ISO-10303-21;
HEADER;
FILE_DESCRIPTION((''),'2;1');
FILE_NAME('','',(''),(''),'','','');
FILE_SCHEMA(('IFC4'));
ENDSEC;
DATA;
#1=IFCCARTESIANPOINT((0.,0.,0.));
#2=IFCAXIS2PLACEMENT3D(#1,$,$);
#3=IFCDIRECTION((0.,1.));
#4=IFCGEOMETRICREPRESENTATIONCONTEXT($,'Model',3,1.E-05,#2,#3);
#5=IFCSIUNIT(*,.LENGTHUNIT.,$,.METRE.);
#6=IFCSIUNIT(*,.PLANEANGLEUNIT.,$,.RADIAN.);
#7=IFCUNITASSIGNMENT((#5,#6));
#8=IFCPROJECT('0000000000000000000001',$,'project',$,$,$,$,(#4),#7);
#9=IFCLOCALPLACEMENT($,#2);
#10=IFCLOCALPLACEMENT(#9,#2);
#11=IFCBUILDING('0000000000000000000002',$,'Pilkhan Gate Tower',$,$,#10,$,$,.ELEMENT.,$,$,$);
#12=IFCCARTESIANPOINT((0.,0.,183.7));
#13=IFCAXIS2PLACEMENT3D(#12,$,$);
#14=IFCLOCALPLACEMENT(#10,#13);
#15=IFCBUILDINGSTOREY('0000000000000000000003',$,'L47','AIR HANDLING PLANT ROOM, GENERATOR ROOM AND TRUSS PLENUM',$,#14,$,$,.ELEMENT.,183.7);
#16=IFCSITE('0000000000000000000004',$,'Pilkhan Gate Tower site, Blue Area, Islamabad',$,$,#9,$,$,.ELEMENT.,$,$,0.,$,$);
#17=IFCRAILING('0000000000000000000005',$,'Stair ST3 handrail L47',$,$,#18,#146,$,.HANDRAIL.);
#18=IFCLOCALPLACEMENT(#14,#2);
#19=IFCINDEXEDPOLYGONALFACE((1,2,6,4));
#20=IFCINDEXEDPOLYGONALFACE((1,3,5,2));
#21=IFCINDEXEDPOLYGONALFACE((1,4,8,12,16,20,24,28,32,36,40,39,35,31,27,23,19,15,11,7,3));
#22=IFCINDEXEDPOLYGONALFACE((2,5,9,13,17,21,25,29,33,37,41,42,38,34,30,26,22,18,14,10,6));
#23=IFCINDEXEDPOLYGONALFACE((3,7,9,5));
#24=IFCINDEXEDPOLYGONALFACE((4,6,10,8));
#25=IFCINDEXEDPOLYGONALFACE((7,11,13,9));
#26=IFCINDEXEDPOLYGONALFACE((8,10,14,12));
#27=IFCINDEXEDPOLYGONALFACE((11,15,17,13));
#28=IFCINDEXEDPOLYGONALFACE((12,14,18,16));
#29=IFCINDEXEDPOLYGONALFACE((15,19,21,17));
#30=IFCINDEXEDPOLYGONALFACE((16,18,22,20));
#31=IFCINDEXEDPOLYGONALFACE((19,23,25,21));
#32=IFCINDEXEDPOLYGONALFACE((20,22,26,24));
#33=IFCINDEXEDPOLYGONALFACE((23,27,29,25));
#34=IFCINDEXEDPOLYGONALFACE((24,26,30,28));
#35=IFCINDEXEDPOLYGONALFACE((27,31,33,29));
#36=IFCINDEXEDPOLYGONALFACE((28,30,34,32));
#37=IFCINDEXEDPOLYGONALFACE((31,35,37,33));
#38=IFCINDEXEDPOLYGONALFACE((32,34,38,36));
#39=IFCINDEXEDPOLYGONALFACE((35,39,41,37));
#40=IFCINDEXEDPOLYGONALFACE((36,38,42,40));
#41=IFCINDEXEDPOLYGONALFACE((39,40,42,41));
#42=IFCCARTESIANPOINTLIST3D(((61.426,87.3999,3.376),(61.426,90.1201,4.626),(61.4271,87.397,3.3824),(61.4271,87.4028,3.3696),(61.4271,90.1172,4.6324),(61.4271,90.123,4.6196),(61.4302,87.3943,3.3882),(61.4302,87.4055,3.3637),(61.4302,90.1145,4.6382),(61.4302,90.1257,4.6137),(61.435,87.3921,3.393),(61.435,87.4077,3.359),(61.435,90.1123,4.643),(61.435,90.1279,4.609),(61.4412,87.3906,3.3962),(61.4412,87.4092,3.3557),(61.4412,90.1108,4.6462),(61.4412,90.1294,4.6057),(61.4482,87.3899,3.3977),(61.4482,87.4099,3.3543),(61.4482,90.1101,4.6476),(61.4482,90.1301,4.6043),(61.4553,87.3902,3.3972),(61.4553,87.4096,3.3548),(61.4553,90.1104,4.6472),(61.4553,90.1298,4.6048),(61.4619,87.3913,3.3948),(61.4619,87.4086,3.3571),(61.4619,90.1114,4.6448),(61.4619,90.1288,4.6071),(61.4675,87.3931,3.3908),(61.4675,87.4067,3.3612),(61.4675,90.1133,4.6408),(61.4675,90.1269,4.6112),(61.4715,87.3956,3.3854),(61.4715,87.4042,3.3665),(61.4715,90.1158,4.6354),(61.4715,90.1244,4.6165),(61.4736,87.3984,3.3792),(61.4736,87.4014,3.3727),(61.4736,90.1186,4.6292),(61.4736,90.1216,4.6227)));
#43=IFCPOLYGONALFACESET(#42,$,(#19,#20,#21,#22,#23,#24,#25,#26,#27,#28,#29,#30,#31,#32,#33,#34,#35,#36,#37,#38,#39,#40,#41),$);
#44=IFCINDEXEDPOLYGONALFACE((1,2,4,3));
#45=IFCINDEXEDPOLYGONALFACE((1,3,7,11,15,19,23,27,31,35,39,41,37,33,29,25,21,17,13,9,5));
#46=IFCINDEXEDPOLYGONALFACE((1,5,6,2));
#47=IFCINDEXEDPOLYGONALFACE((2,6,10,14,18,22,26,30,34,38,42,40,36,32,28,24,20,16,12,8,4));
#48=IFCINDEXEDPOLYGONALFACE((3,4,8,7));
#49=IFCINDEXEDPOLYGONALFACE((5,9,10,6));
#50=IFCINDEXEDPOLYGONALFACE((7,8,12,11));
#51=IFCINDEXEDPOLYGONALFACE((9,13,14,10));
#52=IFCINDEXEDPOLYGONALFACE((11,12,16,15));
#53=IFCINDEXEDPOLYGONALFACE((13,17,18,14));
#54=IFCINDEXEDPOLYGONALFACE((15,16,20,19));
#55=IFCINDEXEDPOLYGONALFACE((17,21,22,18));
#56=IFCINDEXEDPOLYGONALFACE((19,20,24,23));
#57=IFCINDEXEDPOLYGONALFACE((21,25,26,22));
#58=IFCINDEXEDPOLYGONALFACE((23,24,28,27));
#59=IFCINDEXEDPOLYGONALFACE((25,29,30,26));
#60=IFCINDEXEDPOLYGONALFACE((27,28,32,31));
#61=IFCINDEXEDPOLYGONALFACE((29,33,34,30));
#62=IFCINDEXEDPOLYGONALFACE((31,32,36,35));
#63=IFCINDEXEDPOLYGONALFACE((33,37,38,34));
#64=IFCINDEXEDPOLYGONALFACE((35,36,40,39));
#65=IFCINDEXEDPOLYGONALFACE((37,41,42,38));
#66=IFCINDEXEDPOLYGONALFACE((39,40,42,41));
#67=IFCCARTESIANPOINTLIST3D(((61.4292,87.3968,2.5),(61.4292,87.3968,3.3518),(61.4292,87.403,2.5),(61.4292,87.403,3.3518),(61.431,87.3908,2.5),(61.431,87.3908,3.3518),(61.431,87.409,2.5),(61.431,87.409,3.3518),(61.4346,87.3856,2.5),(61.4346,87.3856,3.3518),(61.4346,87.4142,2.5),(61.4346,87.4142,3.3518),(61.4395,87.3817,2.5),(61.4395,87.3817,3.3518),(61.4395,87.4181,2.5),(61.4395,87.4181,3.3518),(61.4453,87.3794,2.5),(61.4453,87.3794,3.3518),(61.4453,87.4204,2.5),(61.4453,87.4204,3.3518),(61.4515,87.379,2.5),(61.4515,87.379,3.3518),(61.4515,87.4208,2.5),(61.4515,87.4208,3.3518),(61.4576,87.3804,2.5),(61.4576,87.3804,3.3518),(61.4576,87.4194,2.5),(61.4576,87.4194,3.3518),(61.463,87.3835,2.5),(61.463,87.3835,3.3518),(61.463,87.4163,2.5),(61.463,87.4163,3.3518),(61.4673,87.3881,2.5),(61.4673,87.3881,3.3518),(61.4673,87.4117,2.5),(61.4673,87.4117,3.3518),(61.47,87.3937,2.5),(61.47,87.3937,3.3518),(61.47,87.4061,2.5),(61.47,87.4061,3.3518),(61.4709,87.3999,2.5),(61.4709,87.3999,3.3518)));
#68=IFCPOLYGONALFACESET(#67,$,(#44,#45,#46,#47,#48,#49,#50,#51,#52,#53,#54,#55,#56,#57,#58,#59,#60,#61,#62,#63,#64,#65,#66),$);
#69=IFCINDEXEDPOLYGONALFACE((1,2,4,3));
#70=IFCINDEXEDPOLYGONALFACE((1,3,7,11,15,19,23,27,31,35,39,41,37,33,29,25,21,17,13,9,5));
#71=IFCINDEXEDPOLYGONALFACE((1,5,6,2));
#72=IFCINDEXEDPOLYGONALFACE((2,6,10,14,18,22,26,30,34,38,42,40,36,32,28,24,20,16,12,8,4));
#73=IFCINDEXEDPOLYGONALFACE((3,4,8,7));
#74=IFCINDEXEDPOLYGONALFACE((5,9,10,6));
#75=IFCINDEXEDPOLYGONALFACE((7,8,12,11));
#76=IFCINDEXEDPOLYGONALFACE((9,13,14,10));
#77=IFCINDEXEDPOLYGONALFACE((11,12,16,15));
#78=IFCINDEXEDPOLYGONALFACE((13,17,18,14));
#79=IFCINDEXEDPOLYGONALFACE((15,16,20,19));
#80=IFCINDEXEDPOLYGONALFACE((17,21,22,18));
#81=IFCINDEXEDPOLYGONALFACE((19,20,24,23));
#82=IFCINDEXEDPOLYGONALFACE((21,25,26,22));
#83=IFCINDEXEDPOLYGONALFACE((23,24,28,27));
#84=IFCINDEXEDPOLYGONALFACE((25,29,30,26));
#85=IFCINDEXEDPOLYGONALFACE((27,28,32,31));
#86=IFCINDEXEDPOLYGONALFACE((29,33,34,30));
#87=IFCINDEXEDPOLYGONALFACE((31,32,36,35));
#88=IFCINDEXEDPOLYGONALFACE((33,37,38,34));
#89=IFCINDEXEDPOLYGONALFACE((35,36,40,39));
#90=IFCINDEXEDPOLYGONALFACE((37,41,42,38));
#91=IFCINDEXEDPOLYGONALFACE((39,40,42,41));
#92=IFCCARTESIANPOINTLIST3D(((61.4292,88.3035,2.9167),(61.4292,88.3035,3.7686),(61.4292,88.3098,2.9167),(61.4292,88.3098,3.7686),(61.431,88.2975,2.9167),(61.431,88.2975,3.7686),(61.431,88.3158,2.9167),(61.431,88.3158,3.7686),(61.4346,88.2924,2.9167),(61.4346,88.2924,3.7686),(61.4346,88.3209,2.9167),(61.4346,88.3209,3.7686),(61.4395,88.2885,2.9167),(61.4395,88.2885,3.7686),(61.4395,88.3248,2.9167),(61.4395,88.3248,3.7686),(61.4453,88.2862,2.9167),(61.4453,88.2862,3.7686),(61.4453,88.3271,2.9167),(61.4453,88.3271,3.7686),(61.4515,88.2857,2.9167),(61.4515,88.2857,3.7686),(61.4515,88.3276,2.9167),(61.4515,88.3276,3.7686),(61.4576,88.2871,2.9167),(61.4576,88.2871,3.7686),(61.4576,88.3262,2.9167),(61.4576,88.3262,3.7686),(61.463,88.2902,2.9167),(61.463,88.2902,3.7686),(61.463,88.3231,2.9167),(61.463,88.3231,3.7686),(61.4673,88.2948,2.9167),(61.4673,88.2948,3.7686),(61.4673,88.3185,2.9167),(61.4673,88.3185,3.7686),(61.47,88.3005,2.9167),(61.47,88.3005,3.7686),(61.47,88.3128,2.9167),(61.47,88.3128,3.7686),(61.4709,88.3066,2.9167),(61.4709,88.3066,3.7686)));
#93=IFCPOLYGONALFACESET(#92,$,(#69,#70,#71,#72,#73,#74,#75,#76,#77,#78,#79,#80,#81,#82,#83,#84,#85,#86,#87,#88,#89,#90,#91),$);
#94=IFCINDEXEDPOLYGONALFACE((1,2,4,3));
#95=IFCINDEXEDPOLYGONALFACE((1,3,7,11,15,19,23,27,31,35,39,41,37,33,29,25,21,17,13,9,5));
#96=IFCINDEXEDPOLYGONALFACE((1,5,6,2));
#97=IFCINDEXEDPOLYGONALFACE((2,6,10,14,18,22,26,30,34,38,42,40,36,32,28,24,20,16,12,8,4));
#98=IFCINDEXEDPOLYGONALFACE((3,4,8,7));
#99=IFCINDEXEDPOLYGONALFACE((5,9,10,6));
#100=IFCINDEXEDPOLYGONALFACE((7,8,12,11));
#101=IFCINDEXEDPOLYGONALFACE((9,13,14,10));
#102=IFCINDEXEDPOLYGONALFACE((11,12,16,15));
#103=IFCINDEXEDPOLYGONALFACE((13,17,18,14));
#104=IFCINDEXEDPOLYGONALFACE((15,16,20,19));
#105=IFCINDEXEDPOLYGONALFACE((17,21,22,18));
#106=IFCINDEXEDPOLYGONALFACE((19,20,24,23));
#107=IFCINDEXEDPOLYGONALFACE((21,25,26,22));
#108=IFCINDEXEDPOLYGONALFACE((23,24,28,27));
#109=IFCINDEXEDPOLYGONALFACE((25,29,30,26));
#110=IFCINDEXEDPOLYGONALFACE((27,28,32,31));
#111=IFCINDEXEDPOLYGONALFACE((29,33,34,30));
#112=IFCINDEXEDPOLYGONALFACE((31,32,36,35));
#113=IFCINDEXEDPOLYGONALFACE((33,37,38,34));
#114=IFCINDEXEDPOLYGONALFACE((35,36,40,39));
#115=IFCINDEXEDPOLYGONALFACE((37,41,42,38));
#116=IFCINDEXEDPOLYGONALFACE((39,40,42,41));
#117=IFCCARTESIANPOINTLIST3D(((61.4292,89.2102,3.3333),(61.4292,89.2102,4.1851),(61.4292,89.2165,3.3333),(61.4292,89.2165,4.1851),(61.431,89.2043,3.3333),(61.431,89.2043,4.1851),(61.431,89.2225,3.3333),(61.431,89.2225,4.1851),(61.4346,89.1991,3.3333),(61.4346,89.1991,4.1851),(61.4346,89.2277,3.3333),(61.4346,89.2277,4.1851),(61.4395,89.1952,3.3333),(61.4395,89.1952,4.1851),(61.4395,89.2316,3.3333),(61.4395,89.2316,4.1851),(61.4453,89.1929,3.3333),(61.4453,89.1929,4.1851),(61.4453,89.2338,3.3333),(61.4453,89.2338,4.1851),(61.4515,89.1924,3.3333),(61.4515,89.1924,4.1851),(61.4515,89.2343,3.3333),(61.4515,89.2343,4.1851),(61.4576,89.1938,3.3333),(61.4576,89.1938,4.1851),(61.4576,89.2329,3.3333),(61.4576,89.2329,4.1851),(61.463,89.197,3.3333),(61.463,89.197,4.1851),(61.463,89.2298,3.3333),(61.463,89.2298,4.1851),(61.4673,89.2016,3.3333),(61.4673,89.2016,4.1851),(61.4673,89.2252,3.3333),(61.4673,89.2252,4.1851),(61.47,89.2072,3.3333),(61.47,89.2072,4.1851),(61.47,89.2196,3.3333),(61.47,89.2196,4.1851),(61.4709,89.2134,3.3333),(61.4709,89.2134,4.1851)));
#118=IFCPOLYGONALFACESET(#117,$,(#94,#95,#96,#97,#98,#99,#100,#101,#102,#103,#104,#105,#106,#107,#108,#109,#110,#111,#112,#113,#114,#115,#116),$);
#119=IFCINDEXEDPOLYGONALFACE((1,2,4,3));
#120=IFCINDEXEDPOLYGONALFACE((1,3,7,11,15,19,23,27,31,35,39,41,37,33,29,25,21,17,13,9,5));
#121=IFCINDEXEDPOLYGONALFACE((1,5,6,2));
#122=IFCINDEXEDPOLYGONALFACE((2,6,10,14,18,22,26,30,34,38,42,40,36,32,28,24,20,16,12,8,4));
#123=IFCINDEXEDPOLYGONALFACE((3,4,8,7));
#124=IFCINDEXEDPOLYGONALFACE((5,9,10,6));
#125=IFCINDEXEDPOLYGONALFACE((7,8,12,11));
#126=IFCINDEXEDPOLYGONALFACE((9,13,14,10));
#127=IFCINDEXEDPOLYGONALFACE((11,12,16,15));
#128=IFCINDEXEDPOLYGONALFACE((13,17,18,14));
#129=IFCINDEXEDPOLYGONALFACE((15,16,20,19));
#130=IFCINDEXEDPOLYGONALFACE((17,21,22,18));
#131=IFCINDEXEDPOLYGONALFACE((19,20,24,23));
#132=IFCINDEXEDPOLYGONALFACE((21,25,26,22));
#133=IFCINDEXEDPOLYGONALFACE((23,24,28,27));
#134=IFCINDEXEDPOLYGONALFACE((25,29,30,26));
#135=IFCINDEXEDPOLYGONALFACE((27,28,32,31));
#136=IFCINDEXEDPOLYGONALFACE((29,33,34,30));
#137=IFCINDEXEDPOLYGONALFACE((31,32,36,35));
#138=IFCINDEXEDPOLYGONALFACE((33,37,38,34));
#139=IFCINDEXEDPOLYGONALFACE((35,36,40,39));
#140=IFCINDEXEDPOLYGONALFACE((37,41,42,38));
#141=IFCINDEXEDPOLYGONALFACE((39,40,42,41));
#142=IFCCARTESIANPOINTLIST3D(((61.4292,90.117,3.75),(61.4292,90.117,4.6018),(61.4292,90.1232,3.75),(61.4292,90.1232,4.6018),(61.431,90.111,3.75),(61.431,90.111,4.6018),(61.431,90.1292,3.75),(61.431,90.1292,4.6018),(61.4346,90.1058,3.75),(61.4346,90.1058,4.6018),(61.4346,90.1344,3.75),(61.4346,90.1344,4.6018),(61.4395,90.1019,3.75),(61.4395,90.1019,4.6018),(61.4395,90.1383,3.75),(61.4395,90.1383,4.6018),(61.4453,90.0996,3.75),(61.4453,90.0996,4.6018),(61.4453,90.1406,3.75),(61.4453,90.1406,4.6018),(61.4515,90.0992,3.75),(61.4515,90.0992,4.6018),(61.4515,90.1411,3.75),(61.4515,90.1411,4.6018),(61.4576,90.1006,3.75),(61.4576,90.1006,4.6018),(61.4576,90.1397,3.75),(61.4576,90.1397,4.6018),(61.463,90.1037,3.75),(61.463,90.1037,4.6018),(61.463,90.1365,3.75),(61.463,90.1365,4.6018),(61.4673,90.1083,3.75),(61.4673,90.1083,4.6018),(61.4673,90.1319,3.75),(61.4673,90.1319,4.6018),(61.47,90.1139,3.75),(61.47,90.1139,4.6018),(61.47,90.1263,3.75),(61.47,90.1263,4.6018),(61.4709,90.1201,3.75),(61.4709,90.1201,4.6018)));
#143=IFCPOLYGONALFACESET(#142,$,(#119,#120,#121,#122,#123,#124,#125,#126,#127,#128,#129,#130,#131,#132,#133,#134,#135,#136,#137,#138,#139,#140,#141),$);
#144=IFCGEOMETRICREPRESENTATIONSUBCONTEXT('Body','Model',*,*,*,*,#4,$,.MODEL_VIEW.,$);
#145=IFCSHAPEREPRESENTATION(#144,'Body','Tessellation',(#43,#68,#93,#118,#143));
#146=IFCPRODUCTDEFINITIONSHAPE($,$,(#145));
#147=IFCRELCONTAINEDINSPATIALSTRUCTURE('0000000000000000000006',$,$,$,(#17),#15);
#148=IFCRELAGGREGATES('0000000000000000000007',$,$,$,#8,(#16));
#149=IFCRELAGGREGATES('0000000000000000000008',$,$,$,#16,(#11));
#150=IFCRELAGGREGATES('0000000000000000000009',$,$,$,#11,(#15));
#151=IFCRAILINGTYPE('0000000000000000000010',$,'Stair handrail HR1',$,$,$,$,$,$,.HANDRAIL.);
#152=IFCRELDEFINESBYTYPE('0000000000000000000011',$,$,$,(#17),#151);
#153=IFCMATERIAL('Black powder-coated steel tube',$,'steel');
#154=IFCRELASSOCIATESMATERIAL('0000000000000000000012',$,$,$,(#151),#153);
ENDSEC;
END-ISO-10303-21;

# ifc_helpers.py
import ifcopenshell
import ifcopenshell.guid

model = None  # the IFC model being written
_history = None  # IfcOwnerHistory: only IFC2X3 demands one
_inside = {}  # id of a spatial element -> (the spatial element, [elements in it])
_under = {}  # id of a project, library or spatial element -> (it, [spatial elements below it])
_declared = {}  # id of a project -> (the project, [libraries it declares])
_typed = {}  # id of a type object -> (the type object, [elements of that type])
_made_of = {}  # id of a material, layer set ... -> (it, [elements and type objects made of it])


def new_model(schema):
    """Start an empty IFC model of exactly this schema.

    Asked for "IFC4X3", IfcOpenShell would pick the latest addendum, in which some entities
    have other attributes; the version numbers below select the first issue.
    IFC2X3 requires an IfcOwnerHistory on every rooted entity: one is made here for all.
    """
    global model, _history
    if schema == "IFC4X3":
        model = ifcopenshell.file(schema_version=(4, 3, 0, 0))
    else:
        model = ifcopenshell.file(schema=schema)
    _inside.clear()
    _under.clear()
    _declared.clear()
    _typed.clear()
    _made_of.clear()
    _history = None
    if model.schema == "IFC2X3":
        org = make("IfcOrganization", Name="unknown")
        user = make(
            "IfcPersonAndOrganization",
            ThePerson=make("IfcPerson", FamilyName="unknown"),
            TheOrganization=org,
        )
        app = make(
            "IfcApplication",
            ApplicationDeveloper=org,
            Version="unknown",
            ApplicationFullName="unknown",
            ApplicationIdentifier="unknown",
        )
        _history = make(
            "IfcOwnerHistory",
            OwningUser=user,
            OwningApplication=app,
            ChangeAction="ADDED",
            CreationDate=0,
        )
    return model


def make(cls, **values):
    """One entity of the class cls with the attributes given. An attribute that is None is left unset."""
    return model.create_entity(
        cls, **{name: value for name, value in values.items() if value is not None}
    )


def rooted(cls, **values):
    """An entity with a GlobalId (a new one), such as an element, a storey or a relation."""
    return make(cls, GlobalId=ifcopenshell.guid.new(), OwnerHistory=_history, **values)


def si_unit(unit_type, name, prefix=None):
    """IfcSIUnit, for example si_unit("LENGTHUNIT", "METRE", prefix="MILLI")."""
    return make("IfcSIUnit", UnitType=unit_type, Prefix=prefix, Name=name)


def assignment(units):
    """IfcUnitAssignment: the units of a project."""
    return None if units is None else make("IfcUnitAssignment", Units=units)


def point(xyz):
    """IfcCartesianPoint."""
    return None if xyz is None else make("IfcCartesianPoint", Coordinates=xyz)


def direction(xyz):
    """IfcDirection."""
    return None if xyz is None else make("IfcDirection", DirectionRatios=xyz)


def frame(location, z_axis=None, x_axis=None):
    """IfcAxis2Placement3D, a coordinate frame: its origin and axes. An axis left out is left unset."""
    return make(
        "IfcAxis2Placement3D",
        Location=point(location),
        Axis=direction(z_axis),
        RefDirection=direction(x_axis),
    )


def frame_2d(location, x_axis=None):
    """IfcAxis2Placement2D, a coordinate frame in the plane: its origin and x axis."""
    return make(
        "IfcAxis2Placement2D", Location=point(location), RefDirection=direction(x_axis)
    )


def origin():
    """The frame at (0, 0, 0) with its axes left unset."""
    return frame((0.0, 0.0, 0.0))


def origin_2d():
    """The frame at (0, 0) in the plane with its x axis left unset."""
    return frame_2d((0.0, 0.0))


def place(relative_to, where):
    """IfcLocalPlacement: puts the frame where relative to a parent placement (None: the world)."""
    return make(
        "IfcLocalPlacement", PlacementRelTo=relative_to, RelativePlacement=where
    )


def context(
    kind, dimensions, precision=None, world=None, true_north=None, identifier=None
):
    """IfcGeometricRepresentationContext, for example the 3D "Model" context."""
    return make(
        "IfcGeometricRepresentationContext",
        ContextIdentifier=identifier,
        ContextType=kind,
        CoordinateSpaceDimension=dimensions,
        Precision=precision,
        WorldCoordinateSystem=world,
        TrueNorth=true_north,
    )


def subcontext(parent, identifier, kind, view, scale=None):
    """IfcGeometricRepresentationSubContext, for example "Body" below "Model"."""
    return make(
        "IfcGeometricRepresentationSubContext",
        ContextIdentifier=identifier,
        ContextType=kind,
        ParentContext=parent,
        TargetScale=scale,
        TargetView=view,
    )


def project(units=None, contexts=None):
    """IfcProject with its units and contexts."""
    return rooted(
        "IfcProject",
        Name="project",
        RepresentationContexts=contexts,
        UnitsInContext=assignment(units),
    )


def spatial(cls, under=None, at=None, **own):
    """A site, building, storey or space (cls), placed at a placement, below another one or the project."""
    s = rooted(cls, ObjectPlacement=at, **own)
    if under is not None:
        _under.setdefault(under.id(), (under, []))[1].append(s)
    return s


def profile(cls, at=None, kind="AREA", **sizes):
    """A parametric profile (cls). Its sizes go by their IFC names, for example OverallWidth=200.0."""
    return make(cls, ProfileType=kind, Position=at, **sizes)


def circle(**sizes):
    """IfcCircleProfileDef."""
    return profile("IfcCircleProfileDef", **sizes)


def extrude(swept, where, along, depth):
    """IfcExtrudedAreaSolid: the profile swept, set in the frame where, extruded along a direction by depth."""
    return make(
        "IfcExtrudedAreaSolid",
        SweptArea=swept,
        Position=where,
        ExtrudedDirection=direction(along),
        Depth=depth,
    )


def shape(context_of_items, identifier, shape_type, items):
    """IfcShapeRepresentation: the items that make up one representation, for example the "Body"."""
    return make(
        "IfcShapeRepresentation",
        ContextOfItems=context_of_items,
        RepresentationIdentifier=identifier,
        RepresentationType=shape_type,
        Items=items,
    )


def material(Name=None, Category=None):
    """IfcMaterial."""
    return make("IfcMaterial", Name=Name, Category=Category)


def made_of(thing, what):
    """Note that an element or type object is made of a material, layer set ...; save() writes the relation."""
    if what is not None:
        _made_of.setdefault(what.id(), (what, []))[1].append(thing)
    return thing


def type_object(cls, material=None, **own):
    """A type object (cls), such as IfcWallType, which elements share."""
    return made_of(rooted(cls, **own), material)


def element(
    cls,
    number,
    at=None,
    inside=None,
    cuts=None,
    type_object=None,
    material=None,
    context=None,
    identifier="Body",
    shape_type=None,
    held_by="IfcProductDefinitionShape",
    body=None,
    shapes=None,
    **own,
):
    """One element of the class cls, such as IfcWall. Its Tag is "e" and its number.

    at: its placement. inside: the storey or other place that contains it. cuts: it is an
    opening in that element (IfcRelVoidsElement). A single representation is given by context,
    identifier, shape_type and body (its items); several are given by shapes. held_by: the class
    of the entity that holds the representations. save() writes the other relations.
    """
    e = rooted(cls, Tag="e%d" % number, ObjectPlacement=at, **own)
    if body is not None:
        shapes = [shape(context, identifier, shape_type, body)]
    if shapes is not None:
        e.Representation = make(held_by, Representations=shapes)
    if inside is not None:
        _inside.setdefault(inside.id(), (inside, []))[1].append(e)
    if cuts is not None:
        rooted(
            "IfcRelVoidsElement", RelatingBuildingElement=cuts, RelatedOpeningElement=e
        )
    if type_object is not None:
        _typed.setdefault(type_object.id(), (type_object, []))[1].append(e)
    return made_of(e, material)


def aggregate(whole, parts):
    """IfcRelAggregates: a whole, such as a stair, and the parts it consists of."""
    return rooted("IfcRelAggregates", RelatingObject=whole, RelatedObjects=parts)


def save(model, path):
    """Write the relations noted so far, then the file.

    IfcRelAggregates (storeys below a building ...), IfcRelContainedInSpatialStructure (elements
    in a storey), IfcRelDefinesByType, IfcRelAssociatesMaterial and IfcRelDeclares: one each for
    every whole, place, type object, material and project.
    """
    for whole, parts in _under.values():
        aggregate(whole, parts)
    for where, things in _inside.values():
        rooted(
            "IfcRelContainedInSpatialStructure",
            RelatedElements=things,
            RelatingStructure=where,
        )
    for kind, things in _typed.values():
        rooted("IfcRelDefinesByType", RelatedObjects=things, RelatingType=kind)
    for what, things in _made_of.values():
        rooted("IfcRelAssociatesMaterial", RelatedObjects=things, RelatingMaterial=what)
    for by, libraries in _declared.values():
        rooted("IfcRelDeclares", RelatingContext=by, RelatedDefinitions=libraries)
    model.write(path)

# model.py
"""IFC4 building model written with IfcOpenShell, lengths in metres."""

from ifc_helpers import new_model, si_unit, direction, frame, origin, origin_2d, place, context, subcontext, project, spatial, circle, extrude, material, type_object, element, save


model = new_model("IFC4")

# Units and contexts
model_context = context("Model", 3, precision=1e-05, world=origin(), true_north=direction((0.0, 1.0)))
body_context = subcontext(model_context, "Body", "Model", "MODEL_VIEW")
ifc_project = project(units=[si_unit("LENGTHUNIT", "METRE"), si_unit("PLANEANGLEUNIT", "RADIAN")], contexts=[model_context])

# Site, building, storey
site_placement = place(None, origin())
site = spatial("IfcSite", under=ifc_project, at=site_placement, Name="Pilkhan Gate Tower site, Blue Area, Islamabad", CompositionType="ELEMENT", RefElevation=0.0)
building_placement = place(site_placement, origin())
building = spatial("IfcBuilding", under=site, at=building_placement, Name="Pilkhan Gate Tower", CompositionType="ELEMENT")
storey_placement = place(building_placement, frame((0.0, 0.0, 183.7)))
storey = spatial("IfcBuildingStorey", under=building, at=storey_placement, Name="L47", Description="AIR HANDLING PLANT ROOM, GENERATOR ROOM AND TRUSS PLENUM", CompositionType="ELEMENT", Elevation=183.7)

# Railing
ifc_material_1 = material(Name="Black powder-coated steel tube", Category="steel")
railing_type_1 = type_object("IfcRailingType", Name="Stair handrail HR1", PredefinedType="HANDRAIL", material=ifc_material_1)
railing_1_placement = place(storey_placement, frame((61.45, 87.3999, 2.5)))
element("IfcRailing", 1, at=railing_1_placement, inside=storey, type_object=railing_type_1, Name="Stair ST3 handrail L47", PredefinedType="HANDRAIL", context=body_context, shape_type="SweptSolid", body=[
    extrude(circle(Radius=0.0239, at=origin_2d()), frame((0.0, 0.0, 0.876), z_axis=(0.0, 0.908655, 0.417547), x_axis=(-1.0, 0.0, 0.0)), (0.0, 0.0, 1.0), 2.9937),
    extrude(circle(Radius=0.021, at=origin_2d()), origin(), (0.0, 0.0, 1.0), 0.8518),
    extrude(circle(Radius=0.021, at=origin_2d()), frame((0.0, 0.9067, 0.4167)), (0.0, 0.0, 1.0), 0.8518),
    extrude(circle(Radius=0.021, at=origin_2d()), frame((0.0, 1.8135, 0.8333)), (0.0, 0.0, 1.0), 0.8518),
    extrude(circle(Radius=0.021, at=origin_2d()), frame((0.0, 2.7202, 1.25)), (0.0, 0.0, 1.0), 0.8518),
])

save(model, "model.ifc")
